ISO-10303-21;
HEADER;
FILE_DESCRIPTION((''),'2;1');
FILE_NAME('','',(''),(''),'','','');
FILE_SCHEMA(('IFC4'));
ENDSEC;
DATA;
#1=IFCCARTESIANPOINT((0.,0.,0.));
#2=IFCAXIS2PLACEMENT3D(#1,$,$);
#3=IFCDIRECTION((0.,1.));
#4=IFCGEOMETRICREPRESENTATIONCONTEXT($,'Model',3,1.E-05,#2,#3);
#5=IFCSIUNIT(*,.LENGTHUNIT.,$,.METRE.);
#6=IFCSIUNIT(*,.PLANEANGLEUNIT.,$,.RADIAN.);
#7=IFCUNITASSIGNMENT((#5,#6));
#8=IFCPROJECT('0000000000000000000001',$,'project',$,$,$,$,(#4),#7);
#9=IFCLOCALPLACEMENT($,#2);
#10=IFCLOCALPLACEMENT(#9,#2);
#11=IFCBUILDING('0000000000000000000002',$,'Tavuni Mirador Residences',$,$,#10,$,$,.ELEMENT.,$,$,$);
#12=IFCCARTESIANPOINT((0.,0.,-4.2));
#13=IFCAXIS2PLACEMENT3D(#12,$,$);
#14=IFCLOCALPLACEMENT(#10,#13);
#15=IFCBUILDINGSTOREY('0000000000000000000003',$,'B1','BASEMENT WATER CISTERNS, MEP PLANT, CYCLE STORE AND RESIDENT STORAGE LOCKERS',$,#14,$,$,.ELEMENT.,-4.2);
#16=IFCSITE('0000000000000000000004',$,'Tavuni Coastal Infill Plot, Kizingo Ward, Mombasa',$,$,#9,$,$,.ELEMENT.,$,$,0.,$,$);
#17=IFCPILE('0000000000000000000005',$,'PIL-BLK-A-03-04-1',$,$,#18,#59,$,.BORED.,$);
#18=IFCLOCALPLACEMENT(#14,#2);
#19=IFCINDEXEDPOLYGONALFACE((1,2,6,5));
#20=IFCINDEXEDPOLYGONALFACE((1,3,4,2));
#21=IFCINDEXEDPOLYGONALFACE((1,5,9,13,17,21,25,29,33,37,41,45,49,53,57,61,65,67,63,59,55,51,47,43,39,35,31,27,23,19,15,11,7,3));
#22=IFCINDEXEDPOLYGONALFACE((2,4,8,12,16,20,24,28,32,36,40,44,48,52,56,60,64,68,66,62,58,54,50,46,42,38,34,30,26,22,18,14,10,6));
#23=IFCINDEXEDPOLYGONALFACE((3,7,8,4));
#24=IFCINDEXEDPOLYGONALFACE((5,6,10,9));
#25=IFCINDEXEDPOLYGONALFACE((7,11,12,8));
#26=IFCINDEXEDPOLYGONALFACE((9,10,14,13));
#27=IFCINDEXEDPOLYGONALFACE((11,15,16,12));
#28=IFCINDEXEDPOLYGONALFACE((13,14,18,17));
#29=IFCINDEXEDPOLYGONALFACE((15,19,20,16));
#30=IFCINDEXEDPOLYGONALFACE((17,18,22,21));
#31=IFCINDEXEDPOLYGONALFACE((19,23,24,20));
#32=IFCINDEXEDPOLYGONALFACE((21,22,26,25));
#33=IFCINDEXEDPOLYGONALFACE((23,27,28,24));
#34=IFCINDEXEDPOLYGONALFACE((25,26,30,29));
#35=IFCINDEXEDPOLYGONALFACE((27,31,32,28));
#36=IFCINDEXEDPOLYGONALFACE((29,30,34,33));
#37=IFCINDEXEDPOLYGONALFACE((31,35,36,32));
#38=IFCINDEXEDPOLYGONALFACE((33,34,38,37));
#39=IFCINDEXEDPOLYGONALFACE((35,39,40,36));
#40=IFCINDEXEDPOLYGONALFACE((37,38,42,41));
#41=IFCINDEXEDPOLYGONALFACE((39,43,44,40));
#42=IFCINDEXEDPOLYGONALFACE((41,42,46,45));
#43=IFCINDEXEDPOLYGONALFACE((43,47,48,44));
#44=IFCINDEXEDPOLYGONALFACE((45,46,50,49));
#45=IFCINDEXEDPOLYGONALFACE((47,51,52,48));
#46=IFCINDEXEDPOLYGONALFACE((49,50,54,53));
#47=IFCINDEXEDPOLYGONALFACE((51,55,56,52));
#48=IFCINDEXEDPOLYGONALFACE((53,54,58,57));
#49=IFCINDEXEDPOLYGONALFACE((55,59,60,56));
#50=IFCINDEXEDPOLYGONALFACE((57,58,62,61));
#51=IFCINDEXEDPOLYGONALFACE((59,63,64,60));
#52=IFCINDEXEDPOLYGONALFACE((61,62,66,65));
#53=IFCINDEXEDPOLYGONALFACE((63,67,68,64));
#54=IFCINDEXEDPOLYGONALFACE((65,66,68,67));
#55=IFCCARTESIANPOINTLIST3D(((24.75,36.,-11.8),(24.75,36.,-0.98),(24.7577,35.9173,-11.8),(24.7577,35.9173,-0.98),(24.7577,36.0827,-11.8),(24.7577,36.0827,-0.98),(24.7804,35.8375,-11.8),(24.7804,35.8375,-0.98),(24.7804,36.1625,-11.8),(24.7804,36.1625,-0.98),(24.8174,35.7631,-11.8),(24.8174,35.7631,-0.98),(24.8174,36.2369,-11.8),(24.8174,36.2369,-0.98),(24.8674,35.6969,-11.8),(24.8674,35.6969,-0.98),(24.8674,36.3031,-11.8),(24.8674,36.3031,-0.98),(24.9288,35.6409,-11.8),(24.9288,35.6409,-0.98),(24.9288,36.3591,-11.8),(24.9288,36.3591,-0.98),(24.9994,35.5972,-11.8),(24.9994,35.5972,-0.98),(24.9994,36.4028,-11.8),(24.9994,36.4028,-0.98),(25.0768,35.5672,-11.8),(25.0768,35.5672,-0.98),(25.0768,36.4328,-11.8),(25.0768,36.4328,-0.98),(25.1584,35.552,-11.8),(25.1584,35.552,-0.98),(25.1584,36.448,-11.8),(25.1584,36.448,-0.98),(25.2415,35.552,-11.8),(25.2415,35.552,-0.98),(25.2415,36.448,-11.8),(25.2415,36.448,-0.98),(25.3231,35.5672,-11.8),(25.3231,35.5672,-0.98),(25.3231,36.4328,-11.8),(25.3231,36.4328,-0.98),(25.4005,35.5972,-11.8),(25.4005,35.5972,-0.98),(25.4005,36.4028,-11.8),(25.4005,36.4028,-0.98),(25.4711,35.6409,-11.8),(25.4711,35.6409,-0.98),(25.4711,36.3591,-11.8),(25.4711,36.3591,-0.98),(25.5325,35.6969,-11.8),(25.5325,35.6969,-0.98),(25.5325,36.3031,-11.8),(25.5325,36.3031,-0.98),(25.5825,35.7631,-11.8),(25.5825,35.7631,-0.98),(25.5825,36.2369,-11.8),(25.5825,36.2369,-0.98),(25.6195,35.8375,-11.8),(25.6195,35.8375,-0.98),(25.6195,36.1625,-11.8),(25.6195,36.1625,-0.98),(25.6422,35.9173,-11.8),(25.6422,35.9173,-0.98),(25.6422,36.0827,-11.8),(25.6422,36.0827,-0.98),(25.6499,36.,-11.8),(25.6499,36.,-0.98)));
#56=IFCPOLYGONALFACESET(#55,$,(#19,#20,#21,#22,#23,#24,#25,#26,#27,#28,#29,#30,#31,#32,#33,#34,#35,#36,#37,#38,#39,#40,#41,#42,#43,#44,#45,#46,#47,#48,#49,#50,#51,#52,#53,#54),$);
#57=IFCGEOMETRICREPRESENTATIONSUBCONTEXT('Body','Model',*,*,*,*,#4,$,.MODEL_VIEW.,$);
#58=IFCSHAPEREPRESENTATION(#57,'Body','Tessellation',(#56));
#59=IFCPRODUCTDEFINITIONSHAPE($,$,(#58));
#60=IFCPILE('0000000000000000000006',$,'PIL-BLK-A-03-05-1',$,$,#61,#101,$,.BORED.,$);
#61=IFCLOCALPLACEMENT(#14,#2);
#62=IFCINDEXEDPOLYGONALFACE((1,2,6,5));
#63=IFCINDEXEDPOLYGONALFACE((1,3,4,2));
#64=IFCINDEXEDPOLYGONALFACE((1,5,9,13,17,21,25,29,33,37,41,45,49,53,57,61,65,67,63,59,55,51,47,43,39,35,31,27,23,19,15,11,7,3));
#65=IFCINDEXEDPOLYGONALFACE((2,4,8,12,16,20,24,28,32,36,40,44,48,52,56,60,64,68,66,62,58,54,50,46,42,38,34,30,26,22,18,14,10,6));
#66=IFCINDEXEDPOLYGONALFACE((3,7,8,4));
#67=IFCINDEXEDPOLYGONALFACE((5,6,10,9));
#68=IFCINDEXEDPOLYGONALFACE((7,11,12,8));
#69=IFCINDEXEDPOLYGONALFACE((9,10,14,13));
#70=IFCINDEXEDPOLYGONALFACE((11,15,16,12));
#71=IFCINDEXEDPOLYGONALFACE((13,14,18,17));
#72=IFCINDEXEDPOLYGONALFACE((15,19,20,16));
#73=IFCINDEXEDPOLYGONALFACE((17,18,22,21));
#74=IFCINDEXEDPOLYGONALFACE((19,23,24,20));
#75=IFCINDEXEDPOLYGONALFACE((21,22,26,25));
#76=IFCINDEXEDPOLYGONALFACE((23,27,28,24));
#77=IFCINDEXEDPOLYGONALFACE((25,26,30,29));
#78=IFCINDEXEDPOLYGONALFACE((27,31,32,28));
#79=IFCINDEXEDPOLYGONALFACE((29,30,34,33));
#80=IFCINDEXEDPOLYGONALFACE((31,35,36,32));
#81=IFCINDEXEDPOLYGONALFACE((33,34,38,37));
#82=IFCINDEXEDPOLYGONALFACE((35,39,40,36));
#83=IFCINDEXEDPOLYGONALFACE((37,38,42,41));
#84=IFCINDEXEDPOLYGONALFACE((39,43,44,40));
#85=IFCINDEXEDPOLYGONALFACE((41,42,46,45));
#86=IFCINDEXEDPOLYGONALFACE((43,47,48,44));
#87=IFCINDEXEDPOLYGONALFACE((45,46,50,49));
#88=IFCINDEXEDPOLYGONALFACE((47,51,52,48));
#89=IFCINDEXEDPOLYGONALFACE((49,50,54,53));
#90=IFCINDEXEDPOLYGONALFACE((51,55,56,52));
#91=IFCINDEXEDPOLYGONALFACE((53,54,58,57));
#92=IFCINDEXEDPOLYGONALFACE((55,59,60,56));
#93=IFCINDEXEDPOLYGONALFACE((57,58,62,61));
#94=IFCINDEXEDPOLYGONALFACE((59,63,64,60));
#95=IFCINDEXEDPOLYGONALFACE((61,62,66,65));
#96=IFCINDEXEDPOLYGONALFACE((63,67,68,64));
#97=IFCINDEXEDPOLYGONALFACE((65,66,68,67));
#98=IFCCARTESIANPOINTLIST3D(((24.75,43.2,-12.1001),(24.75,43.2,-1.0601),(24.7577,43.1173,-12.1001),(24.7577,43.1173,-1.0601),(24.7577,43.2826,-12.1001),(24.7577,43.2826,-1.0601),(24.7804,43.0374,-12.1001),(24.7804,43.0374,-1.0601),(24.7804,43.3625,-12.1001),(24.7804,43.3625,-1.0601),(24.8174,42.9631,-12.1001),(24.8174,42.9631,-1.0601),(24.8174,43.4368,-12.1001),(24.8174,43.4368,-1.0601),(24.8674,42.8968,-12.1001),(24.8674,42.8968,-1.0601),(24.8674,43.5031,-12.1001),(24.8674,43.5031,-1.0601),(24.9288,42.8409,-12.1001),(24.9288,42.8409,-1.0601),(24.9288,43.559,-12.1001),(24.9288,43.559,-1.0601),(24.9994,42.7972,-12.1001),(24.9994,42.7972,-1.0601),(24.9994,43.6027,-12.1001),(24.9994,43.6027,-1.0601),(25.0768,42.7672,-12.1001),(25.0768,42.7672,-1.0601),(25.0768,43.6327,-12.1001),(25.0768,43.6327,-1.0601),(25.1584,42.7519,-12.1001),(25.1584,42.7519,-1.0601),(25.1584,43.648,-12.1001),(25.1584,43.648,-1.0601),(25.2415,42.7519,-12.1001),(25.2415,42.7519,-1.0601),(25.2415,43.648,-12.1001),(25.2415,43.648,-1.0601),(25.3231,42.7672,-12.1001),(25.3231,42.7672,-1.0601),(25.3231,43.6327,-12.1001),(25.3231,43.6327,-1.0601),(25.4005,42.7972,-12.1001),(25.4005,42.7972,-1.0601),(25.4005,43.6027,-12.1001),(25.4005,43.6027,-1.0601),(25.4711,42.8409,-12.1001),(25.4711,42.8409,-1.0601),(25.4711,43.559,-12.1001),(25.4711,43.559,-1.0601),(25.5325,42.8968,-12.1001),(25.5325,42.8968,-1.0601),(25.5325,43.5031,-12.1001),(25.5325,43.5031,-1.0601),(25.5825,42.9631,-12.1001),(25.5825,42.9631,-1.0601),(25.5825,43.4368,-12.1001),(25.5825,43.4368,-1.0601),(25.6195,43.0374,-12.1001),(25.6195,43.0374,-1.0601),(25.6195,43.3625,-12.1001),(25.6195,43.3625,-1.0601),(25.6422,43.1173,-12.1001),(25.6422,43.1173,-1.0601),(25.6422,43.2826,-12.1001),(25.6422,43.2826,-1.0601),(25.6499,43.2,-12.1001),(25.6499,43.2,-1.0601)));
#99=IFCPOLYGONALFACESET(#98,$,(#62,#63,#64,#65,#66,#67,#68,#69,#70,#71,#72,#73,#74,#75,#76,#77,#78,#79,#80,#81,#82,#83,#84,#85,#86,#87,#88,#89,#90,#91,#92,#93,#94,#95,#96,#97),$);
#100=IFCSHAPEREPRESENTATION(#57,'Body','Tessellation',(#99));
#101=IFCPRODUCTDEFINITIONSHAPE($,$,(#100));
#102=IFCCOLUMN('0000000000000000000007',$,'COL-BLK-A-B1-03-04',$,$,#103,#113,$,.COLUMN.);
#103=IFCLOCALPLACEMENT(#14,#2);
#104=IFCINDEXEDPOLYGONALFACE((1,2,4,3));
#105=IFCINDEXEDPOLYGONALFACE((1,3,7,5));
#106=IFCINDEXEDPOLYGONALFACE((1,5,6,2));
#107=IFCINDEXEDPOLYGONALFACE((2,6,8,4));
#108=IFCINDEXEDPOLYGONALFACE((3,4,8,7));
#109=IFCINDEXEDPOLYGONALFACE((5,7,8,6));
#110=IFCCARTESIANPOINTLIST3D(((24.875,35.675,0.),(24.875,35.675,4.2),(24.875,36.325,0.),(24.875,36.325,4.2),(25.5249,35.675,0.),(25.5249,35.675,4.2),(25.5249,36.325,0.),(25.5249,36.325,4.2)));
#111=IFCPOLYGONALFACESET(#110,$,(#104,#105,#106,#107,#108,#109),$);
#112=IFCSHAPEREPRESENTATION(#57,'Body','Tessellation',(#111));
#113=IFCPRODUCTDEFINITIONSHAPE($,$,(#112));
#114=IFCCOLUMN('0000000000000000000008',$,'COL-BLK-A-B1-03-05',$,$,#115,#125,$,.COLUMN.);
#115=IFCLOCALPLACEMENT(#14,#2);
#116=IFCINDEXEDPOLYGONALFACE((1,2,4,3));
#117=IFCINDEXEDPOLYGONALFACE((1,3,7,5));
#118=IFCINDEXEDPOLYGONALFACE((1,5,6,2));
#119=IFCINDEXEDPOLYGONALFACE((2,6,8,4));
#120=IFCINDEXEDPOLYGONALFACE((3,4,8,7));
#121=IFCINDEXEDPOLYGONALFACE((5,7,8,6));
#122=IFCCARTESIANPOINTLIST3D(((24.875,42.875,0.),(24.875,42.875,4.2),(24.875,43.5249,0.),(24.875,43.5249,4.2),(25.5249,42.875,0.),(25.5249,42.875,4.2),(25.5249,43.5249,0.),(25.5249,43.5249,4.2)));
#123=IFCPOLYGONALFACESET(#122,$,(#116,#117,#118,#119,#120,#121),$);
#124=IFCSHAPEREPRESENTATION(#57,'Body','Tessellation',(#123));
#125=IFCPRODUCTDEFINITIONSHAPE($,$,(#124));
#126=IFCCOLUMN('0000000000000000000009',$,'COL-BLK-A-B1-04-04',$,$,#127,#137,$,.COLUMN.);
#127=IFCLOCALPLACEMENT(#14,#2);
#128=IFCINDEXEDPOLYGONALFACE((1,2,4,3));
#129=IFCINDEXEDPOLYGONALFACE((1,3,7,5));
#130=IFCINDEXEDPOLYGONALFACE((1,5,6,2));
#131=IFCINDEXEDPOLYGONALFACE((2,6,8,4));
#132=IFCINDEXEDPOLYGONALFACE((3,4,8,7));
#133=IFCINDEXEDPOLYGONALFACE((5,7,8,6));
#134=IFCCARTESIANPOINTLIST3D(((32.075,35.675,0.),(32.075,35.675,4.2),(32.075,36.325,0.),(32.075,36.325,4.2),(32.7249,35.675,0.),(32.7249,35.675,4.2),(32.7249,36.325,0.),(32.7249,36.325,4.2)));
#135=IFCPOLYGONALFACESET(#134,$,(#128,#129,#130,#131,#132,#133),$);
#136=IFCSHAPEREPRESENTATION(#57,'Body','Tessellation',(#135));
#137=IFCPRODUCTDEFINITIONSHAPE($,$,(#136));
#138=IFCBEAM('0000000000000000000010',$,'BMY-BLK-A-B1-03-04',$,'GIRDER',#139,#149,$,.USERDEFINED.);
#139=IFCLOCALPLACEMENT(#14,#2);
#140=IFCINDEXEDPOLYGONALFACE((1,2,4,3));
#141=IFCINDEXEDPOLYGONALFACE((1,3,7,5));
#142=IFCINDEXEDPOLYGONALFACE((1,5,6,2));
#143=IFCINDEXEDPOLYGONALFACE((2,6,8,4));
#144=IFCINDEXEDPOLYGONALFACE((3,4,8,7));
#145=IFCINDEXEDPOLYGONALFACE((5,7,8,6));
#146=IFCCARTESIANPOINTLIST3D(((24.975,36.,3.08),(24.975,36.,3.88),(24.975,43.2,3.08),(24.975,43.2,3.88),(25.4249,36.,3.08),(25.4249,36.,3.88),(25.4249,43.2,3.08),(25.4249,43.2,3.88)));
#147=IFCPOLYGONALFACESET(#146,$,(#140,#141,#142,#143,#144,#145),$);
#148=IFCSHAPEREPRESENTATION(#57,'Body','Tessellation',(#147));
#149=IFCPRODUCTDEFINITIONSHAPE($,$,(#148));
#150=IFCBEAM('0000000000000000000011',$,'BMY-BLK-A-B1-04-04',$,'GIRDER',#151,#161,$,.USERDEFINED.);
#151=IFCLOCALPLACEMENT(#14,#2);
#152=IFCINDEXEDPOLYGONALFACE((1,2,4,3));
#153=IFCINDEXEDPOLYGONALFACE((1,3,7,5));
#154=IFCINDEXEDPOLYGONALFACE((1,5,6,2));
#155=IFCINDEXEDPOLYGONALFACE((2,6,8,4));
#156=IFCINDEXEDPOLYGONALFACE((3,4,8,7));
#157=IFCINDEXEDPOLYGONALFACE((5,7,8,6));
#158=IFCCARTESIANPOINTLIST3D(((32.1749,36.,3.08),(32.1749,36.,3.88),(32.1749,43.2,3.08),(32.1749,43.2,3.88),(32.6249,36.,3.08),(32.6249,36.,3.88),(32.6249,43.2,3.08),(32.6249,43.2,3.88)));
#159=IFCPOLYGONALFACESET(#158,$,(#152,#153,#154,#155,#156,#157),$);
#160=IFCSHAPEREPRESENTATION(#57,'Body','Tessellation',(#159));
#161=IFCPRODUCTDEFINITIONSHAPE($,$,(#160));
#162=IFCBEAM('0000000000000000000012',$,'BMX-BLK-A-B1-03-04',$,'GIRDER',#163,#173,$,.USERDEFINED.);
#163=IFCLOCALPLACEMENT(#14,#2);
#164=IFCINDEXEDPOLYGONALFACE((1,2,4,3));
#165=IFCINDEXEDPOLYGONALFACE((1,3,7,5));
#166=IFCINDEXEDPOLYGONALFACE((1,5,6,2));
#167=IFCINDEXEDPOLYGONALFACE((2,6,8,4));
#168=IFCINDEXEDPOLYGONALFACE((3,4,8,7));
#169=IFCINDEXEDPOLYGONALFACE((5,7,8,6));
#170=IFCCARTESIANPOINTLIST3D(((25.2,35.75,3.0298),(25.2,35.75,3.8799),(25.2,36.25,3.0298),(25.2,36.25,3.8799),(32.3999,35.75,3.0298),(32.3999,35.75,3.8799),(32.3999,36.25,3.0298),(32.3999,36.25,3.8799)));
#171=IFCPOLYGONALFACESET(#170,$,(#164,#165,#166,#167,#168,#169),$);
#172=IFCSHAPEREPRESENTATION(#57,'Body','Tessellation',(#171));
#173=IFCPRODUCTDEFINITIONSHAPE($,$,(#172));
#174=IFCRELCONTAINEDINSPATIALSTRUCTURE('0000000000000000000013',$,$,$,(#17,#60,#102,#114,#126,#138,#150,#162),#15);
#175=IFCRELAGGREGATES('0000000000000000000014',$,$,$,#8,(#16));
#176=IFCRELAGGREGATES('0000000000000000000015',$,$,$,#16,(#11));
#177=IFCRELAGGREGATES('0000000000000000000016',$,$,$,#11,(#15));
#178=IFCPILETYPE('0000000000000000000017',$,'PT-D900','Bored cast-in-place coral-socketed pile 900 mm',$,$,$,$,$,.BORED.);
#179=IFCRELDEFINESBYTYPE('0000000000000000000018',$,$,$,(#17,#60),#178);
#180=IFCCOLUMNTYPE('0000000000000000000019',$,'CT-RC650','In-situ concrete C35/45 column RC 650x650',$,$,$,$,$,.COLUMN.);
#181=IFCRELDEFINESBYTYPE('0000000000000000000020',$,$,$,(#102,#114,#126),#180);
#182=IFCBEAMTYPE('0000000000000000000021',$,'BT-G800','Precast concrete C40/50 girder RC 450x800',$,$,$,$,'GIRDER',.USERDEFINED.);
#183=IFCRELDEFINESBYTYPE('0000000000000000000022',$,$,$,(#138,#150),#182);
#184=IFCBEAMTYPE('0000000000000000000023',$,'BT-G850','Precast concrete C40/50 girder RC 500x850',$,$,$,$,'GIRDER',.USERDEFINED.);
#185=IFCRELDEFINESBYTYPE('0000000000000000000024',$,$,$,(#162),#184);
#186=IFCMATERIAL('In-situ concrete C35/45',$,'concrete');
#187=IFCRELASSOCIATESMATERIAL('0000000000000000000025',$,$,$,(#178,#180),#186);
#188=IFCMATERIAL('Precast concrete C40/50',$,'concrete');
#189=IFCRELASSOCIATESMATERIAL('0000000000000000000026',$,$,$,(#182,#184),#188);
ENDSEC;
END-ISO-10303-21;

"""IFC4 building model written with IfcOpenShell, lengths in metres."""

from ifc_helpers import new_model, si_unit, direction, frame, origin, origin_2d, place, context, subcontext, project, spatial, rectangle, circle, extrude, material, material_profile, profile_set, type_object, element, save


model = new_model("IFC4")

# Units and contexts
model_context = context("Model", 3, precision=1e-05, world=origin(), true_north=direction((0.0, 1.0)))
body_context = subcontext(model_context, "Body", "Model", "MODEL_VIEW")
ifc_project = project(units=[si_unit("LENGTHUNIT", "METRE"), si_unit("PLANEANGLEUNIT", "RADIAN")], contexts=[model_context])

# Site, building, storey
site_placement = place(None, origin())
site = spatial("IfcSite", under=ifc_project, at=site_placement, Name="Tavuni Coastal Infill Plot, Kizingo Ward, Mombasa", CompositionType="ELEMENT", RefElevation=0.0)
building_placement = place(site_placement, origin())
building = spatial("IfcBuilding", under=site, at=building_placement, Name="Tavuni Mirador Residences", CompositionType="ELEMENT")
storey_placement = place(building_placement, frame((0.0, 0.0, -4.2)))
storey = spatial("IfcBuildingStorey", under=building, at=storey_placement, Name="B1", Description="BASEMENT WATER CISTERNS, MEP PLANT, CYCLE STORE AND RESIDENT STORAGE LOCKERS", CompositionType="ELEMENT", Elevation=-4.2)

# Shared definitions
ifc_material_1 = material(Name="In-situ concrete C35/45", Category="concrete")

# Piles
ifc_material_profile_1 = material_profile(ifc_material_1, circle(Radius=0.45, at=origin_2d()), Name="PILE D900", Category="concrete")
ifc_profile_set_1 = profile_set([ifc_material_profile_1], Name="In-situ concrete C35/45")
pile_type_1 = type_object("IfcPileType", Name="PT-D900", Description="Bored cast-in-place coral-socketed pile 900 mm", PredefinedType="BORED", material=ifc_profile_set_1)
pile_1_placement = place(storey_placement, frame((25.2, 36.0, -0.98), z_axis=(0.0, 0.0, -1.0), x_axis=(1.0, 0.0, 0.0)))
element("IfcPile", 1, at=pile_1_placement, inside=storey, type_object=pile_type_1, Name="PIL-BLK-A-03-04-1", PredefinedType="BORED", context=body_context, shape_type="SweptSolid", body=[
    extrude(circle(Radius=0.45, at=origin_2d()), origin(), (0.0, 0.0, 1.0), 10.8201),
])
pile_2_placement = place(storey_placement, frame((25.2, 43.2, -1.0601), z_axis=(0.0, 0.0, -1.0), x_axis=(1.0, 0.0, 0.0)))
element("IfcPile", 2, at=pile_2_placement, inside=storey, type_object=pile_type_1, Name="PIL-BLK-A-03-05-1", PredefinedType="BORED", context=body_context, shape_type="SweptSolid", body=[
    extrude(circle(Radius=0.45, at=origin_2d()), origin(), (0.0, 0.0, 1.0), 11.04),
])

# Columns
ifc_material_profile_2 = material_profile(ifc_material_1, rectangle(XDim=0.6499, YDim=0.6499, at=origin_2d()), Name="RC 650x650", Category="concrete")
ifc_profile_set_2 = profile_set([ifc_material_profile_2], Name="In-situ concrete C35/45")
column_type = type_object("IfcColumnType", Name="CT-RC650", Description="In-situ concrete C35/45 column RC 650x650", PredefinedType="COLUMN", material=ifc_profile_set_2)
for number, where, z_axis, x_axis, name in (
    (3, (25.2, 36.0, 0.0), (0.0, 0.0, 1.0), (1.0, 0.0, 0.0), "COL-BLK-A-B1-03-04"),
    (4, (25.2, 43.2, 0.0), (0.0, 0.0, 1.0), (1.0, 0.0, 0.0), "COL-BLK-A-B1-03-05"),
    (5, (32.3999, 36.0, 0.0), (0.0, 0.0, 1.0), (1.0, 0.0, 0.0), "COL-BLK-A-B1-04-04"),
):
    element("IfcColumn", number, at=place(storey_placement, frame(where, z_axis=z_axis, x_axis=x_axis)), inside=storey, type_object=column_type, Name=name, PredefinedType="COLUMN", context=body_context, shape_type="SweptSolid", body=[
        extrude(rectangle(XDim=0.6499, YDim=0.6499, at=origin_2d()), origin(), (0.0, 0.0, 1.0), 4.2),
    ])

# Beams
ifc_material_2 = material(Name="Precast concrete C40/50", Category="concrete")
ifc_material_profile_3 = material_profile(ifc_material_2, rectangle(XDim=0.45, YDim=0.8, at=origin_2d()), Name="RC 450x800", Category="concrete")
ifc_profile_set_3 = profile_set([ifc_material_profile_3], Name="Precast concrete C40/50")
beam_type_1 = type_object("IfcBeamType", Name="BT-G800", Description="Precast concrete C40/50 girder RC 450x800", ElementType="GIRDER", PredefinedType="USERDEFINED", material=ifc_profile_set_3)
for number, where, z_axis, x_axis, name in (
    (6, (25.2, 36.0, 3.48), (0.0, 1.0, 0.0), (-1.0, 0.0, 0.0), "BMY-BLK-A-B1-03-04"),
    (7, (32.3999, 36.0, 3.48), (0.0, 1.0, 0.0), (-1.0, 0.0, 0.0), "BMY-BLK-A-B1-04-04"),
):
    element("IfcBeam", number, at=place(storey_placement, frame(where, z_axis=z_axis, x_axis=x_axis)), inside=storey, type_object=beam_type_1, Name=name, ObjectType="GIRDER", PredefinedType="USERDEFINED", context=body_context, shape_type="SweptSolid", body=[
        extrude(rectangle(XDim=0.45, YDim=0.8, at=origin_2d()), origin(), (0.0, 0.0, 1.0), 7.2),
    ])
ifc_material_profile_4 = material_profile(ifc_material_2, rectangle(XDim=0.5, YDim=0.8501, at=origin_2d()), Name="RC 500x850", Category="concrete")
ifc_profile_set_4 = profile_set([ifc_material_profile_4], Name="Precast concrete C40/50")
beam_type_2 = type_object("IfcBeamType", Name="BT-G850", Description="Precast concrete C40/50 girder RC 500x850", ElementType="GIRDER", PredefinedType="USERDEFINED", material=ifc_profile_set_4)
beam_placement = place(storey_placement, frame((25.2, 36.0, 3.4548), z_axis=(1.0, 0.0, 0.0), x_axis=(0.0, 1.0, 0.0)))
element("IfcBeam", 8, at=beam_placement, inside=storey, type_object=beam_type_2, Name="BMX-BLK-A-B1-03-04", ObjectType="GIRDER", PredefinedType="USERDEFINED", context=body_context, shape_type="SweptSolid", body=[
    extrude(rectangle(XDim=0.5, YDim=0.8501, at=origin_2d()), origin(), (0.0, 0.0, 1.0), 7.2),
])

save(model, "model.ifc")
